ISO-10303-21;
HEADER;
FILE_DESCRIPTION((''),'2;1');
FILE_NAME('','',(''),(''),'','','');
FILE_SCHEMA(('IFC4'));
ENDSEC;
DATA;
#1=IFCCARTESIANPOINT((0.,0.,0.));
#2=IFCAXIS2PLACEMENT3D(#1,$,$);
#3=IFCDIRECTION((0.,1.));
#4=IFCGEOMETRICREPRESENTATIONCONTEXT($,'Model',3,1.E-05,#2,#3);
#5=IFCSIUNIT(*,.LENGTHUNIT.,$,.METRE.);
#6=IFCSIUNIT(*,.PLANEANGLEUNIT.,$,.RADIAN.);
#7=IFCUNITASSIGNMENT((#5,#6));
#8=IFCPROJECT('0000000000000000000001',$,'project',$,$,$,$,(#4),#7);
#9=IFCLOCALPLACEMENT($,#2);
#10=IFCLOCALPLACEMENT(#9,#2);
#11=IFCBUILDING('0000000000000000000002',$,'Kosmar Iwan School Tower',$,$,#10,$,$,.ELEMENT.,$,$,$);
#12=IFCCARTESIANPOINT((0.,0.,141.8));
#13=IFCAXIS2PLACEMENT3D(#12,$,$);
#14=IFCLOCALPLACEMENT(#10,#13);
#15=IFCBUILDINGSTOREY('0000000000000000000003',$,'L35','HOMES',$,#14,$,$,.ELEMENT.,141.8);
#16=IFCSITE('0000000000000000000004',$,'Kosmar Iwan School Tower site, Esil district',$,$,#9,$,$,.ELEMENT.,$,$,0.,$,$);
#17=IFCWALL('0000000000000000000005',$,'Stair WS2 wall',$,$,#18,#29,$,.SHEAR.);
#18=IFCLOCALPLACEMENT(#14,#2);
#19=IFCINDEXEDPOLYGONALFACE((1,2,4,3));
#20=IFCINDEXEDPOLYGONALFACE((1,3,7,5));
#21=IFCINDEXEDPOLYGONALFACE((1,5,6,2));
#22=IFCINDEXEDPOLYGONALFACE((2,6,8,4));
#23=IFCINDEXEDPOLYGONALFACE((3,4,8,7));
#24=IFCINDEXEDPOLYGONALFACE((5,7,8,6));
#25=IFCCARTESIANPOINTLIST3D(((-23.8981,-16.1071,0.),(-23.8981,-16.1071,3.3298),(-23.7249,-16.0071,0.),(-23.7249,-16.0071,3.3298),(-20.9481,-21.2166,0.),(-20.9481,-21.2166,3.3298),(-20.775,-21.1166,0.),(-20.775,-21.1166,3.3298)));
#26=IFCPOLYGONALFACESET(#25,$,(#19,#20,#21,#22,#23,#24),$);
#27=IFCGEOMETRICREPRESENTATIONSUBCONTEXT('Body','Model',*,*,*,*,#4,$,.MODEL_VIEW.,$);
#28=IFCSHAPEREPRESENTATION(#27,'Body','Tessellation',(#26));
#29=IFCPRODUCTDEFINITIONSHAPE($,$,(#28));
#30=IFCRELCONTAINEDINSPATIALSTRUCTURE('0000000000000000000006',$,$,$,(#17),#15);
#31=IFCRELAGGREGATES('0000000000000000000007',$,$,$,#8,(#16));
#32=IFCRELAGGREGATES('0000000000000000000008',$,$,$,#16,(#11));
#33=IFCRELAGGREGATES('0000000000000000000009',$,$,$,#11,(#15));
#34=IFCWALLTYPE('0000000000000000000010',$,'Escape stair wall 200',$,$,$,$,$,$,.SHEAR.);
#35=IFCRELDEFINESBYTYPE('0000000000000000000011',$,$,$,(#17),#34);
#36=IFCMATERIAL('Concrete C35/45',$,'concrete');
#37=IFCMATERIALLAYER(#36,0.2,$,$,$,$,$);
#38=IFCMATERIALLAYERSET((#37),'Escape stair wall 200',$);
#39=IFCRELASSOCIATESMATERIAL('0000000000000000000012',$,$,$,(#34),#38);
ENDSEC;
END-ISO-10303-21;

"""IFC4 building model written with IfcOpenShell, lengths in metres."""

from ifc_helpers import new_model, si_unit, direction, frame, frame_2d, origin, place, context, subcontext, project, spatial, rectangle, extrude, material, layer, layer_set, type_object, element, save


model = new_model("IFC4")

# Units and contexts
model_context = context("Model", 3, precision=1e-05, world=origin(), true_north=direction((0.0, 1.0)))
body_context = subcontext(model_context, "Body", "Model", "MODEL_VIEW")
ifc_project = project(units=[si_unit("LENGTHUNIT", "METRE"), si_unit("PLANEANGLEUNIT", "RADIAN")], contexts=[model_context])

# Site, building, storey
site_placement = place(None, origin())
site = spatial("IfcSite", under=ifc_project, at=site_placement, Name="Kosmar Iwan School Tower site, Esil district", CompositionType="ELEMENT", RefElevation=0.0)
building_placement = place(site_placement, origin())
building = spatial("IfcBuilding", under=site, at=building_placement, Name="Kosmar Iwan School Tower", CompositionType="ELEMENT")
storey_placement = place(building_placement, frame((0.0, 0.0, 141.8)))
storey = spatial("IfcBuildingStorey", under=building, at=storey_placement, Name="L35", Description="HOMES", CompositionType="ELEMENT", Elevation=141.8)

# Wall
ifc_material_1 = material(Name="Concrete C35/45", Category="concrete")
ifc_layer_1 = layer(ifc_material_1, 0.2)
ifc_layer_set_1 = layer_set([ifc_layer_1], Name="Escape stair wall 200")
wall_type_1 = type_object("IfcWallType", Name="Escape stair wall 200", PredefinedType="SHEAR", material=ifc_layer_set_1)
wall_1_placement = place(storey_placement, frame((-23.8115, -16.0571, 0.0), z_axis=(0.0, 0.0, 1.0), x_axis=(0.500007, -0.866022, 0.0)))
element("IfcWall", 1, at=wall_1_placement, inside=storey, type_object=wall_type_1, Name="Stair WS2 wall", PredefinedType="SHEAR", context=body_context, shape_type="SweptSolid", body=[
    extrude(rectangle(XDim=5.8999, YDim=0.2, at=frame_2d((2.95, 0.0))), origin(), (0.0, 0.0, 1.0), 3.3298),
])

save(model, "model.ifc")
